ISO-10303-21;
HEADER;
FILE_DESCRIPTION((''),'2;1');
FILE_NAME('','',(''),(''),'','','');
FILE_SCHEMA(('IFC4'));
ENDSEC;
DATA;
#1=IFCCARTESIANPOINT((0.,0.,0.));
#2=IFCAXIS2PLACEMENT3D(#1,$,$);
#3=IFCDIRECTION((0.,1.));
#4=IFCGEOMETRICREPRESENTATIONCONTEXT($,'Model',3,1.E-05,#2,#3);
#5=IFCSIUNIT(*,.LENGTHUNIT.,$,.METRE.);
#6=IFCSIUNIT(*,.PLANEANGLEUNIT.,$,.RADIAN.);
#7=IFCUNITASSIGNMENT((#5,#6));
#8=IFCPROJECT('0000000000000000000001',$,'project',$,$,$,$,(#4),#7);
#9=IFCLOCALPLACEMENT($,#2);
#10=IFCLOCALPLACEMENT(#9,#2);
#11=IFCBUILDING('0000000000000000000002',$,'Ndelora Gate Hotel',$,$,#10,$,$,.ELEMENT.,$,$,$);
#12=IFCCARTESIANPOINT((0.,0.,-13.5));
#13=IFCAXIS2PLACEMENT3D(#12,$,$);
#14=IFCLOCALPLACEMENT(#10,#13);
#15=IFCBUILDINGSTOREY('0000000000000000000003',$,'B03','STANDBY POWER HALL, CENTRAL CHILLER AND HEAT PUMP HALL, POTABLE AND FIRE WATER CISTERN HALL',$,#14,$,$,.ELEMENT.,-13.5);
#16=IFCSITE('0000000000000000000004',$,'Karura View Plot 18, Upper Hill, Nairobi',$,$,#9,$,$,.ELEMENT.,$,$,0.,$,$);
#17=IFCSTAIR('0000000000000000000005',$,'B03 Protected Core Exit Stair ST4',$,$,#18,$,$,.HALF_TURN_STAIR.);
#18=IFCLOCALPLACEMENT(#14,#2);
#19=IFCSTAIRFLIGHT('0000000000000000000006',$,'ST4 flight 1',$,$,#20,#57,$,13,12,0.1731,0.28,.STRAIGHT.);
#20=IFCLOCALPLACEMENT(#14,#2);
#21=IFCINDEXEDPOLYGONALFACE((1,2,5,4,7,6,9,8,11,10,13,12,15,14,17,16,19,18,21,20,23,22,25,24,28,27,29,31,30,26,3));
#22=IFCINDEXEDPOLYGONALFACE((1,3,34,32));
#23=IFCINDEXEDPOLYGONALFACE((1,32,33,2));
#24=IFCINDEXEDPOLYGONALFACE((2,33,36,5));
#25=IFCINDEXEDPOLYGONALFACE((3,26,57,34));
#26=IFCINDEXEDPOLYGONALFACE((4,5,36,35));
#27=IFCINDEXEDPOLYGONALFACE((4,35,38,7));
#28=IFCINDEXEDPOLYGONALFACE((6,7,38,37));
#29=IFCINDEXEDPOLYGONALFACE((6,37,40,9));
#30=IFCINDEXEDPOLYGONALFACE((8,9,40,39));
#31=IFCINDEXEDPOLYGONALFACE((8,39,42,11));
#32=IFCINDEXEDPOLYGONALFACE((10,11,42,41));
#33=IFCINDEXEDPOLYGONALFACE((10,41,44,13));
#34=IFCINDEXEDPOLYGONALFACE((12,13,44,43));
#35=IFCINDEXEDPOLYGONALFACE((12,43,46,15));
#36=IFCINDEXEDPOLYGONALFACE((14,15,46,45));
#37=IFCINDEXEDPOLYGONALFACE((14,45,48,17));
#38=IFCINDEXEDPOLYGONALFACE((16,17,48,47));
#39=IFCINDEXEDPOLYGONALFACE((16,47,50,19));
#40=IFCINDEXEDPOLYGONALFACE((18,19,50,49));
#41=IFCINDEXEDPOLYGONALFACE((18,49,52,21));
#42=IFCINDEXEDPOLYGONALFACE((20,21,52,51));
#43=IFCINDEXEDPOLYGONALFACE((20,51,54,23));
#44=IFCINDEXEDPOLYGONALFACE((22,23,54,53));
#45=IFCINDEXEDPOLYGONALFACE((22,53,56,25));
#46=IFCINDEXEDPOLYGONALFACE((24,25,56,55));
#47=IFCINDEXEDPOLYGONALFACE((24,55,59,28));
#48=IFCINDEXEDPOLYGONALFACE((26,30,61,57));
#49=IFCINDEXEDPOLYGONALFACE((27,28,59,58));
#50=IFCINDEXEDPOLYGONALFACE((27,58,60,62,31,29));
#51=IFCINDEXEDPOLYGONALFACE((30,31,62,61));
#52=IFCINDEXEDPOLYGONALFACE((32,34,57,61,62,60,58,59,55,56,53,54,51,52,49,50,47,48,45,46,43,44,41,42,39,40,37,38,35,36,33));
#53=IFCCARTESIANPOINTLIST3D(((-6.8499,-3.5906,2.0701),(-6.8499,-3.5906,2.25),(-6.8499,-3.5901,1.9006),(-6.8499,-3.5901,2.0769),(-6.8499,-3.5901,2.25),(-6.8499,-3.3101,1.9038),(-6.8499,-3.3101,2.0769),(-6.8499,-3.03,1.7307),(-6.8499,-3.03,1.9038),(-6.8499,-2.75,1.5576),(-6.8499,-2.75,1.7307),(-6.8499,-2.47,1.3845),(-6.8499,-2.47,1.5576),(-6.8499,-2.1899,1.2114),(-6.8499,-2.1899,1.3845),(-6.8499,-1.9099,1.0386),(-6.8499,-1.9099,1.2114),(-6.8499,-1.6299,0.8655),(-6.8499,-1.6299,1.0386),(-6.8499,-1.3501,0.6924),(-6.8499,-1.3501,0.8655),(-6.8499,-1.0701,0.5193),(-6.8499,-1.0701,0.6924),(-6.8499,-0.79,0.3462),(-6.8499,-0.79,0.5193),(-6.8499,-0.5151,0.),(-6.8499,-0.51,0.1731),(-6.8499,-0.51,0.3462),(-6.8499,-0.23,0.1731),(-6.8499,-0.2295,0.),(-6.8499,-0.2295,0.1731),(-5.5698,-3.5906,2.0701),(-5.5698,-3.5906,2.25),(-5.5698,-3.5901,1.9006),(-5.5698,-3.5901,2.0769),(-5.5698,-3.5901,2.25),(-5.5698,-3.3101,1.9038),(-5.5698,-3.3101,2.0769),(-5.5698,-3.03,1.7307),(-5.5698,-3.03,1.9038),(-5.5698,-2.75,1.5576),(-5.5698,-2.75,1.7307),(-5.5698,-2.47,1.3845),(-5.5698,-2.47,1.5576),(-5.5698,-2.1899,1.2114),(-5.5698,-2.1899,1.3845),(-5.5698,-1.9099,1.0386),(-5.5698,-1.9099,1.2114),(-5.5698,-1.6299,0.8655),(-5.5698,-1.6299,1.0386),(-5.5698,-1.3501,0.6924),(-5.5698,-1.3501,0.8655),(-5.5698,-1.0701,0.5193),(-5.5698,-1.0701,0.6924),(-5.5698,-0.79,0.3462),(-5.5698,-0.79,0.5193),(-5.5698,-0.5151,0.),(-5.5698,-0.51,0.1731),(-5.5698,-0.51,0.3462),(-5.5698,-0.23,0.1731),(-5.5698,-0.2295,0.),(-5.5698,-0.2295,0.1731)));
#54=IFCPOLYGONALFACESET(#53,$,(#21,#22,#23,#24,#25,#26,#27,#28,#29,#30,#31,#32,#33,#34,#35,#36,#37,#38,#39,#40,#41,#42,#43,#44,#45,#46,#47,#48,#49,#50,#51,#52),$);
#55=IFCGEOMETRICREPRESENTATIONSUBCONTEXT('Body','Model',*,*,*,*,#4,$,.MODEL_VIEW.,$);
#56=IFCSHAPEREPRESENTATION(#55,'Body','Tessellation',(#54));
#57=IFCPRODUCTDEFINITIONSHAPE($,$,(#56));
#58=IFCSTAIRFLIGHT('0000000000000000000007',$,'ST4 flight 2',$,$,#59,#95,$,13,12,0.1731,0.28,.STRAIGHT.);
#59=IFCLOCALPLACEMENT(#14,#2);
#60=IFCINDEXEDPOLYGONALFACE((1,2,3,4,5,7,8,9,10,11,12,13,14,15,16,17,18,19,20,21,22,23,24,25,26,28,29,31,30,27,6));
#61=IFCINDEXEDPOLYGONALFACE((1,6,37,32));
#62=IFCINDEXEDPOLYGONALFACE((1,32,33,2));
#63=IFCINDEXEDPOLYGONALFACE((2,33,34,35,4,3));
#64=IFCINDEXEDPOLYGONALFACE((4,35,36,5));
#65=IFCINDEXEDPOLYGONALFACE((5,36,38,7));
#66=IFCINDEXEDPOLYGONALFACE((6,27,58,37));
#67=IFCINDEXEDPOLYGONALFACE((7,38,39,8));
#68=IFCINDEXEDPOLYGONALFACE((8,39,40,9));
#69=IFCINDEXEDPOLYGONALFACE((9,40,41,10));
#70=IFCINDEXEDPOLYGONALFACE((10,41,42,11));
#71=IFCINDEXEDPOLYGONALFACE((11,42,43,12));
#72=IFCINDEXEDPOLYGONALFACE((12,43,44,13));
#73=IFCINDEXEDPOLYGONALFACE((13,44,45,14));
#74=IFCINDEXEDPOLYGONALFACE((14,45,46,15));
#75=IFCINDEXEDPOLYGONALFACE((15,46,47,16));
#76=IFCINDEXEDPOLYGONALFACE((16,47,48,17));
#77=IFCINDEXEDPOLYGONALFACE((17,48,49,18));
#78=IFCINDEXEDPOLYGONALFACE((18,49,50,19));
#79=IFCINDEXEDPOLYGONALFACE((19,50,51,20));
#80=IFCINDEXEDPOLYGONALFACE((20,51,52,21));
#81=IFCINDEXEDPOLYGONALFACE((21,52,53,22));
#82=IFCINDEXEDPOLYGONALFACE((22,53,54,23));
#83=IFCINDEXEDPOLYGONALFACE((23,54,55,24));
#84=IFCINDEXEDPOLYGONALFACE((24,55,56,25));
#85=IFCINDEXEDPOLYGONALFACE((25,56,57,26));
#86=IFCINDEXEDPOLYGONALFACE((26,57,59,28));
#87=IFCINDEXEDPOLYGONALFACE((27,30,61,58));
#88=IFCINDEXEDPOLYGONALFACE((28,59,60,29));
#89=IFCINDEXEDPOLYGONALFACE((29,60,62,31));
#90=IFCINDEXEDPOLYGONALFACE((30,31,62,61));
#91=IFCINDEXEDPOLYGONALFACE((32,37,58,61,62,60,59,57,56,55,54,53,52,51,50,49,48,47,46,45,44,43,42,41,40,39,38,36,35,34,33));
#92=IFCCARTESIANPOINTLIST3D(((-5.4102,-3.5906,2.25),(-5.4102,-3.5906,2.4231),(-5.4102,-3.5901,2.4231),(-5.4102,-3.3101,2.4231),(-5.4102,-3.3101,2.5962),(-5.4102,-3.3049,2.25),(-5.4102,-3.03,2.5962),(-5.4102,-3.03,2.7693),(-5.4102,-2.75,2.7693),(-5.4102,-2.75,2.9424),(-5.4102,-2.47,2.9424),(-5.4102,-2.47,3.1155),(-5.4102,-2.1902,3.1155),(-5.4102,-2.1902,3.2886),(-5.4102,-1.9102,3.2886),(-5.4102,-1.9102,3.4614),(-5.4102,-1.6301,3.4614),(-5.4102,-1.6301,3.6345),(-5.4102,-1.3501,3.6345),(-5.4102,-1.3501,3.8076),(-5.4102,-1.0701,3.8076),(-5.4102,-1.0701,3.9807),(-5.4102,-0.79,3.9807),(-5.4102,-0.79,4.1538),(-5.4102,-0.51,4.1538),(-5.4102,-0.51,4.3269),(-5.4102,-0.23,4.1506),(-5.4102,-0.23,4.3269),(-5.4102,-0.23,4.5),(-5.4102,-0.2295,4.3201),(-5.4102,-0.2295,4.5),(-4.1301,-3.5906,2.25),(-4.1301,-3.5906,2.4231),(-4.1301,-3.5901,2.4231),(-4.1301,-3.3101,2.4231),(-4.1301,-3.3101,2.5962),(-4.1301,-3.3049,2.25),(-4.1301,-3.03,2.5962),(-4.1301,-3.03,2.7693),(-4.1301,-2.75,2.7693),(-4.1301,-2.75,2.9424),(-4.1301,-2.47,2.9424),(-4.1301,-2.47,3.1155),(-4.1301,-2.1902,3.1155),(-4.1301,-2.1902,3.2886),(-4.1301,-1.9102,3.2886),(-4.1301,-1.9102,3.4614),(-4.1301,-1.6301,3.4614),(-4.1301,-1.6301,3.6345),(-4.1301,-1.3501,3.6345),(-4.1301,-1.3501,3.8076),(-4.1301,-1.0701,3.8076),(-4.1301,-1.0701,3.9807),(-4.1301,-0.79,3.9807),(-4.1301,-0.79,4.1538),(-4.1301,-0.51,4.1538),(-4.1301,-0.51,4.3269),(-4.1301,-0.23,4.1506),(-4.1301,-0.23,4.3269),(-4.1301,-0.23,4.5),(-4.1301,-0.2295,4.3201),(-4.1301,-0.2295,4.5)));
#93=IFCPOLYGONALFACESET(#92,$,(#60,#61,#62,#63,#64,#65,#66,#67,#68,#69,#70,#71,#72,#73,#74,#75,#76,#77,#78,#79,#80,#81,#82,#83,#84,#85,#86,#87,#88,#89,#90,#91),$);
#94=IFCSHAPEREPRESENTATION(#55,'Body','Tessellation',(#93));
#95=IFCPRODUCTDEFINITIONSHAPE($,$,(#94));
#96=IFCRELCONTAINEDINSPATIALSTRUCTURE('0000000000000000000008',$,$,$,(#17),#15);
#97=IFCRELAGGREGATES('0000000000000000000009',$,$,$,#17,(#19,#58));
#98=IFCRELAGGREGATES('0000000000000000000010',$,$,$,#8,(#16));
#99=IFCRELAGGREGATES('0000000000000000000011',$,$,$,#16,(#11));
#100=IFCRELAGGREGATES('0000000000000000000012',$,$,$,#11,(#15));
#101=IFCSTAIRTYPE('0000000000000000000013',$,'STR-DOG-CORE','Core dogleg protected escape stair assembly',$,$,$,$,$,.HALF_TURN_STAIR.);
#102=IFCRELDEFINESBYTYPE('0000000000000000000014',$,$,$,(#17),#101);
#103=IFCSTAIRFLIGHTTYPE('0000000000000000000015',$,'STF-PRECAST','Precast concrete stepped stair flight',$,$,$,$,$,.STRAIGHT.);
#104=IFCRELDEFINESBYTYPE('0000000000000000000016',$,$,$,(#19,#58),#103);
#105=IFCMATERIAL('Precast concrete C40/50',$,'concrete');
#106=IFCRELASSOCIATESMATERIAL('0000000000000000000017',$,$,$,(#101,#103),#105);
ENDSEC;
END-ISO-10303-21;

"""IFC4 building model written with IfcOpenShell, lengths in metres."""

from ifc_helpers import new_model, si_unit, direction, frame, origin, place, context, subcontext, project, spatial, polyline, outline, extrude, material, type_object, element, aggregate, save


model = new_model("IFC4")

# Units and contexts
model_context = context("Model", 3, precision=1e-05, world=origin(), true_north=direction((0.0, 1.0)))
body_context = subcontext(model_context, "Body", "Model", "MODEL_VIEW")
ifc_project = project(units=[si_unit("LENGTHUNIT", "METRE"), si_unit("PLANEANGLEUNIT", "RADIAN")], contexts=[model_context])

# Site, building, storey
site_placement = place(None, origin())
site = spatial("IfcSite", under=ifc_project, at=site_placement, Name="Karura View Plot 18, Upper Hill, Nairobi", CompositionType="ELEMENT", RefElevation=0.0)
building_placement = place(site_placement, origin())
building = spatial("IfcBuilding", under=site, at=building_placement, Name="Ndelora Gate Hotel", CompositionType="ELEMENT")
storey_placement = place(building_placement, frame((0.0, 0.0, -13.5)))
storey = spatial("IfcBuildingStorey", under=building, at=storey_placement, Name="B03", Description="STANDBY POWER HALL, CENTRAL CHILLER AND HEAT PUMP HALL, POTABLE AND FIRE WATER CISTERN HALL", CompositionType="ELEMENT", Elevation=-13.5)

# Stair, stair flights
ifc_material_1 = material(Name="Precast concrete C40/50", Category="concrete")
stair_type = type_object("IfcStairType", Name="STR-DOG-CORE", Description="Core dogleg protected escape stair assembly", PredefinedType="HALF_TURN_STAIR", material=ifc_material_1)
stair_placement = place(storey_placement, origin())
stair = element("IfcStair", 1, at=stair_placement, inside=storey, type_object=stair_type, Name="B03 Protected Core Exit Stair ST4", PredefinedType="HALF_TURN_STAIR")
stair_flight_type = type_object("IfcStairFlightType", Name="STF-PRECAST", Description="Precast concrete stepped stair flight", PredefinedType="STRAIGHT", material=ifc_material_1)
stair_flight_1_placement = place(storey_placement, frame((-6.21, -0.23, 0.0), z_axis=(0.0, 0.0, 1.0), x_axis=(0.0, -1.0, 0.0)))
stair_flight_1 = element("IfcStairFlight", 2, at=stair_flight_1_placement, type_object=stair_flight_type, Name="ST4 flight 1", NumberOfRisers=13, NumberOfTreads=12, PredefinedType="STRAIGHT", RiserHeight=0.1731, TreadLength=0.28, context=body_context, shape_type="SweptSolid", body=[
    extrude(outline(polyline([(-0.0005, 0.0), (-0.0005, 0.1731), (0.0, 0.1731), (0.28, 0.1731), (0.28, 0.3462), (0.5601, 0.3462), (0.5601, 0.5193), (0.8401, 0.5193), (0.8401, 0.6924), (1.1201, 0.6924), (1.1201, 0.8655), (1.3999, 0.8655), (1.3999, 1.0386), (1.6799, 1.0386), (1.6799, 1.2114), (1.96, 1.2114), (1.96, 1.3845), (2.24, 1.3845), (2.24, 1.5576), (2.52, 1.5576), (2.52, 1.7307), (2.8, 1.7307), (2.8, 1.9038), (3.0801, 1.9038), (3.0801, 2.0769), (3.3601, 2.0769), (3.3601, 2.25), (3.3606, 2.25), (3.3606, 2.0701), (3.3601, 1.9006), (0.2852, 0.0), (-0.0005, 0.0)])), frame((0.0, 0.6401, 0.0), z_axis=(0.0, -1.0, 0.0), x_axis=(1.0, 0.0, 0.0)), (0.0, 0.0, 1.0), 1.28),
])
stair_flight_2_placement = place(storey_placement, frame((-4.77, -3.5901, 2.25), z_axis=(0.0, 0.0, 1.0), x_axis=(0.0, 1.0, 0.0)))
stair_flight_2 = element("IfcStairFlight", 3, at=stair_flight_2_placement, type_object=stair_flight_type, Name="ST4 flight 2", NumberOfRisers=13, NumberOfTreads=12, PredefinedType="STRAIGHT", RiserHeight=0.1731, TreadLength=0.28, context=body_context, shape_type="SweptSolid", body=[
    extrude(outline(polyline([(-0.0005, 0.0), (-0.0005, 0.1731), (0.0, 0.1731), (0.28, 0.1731), (0.28, 0.3462), (0.5601, 0.3462), (0.5601, 0.5193), (0.8401, 0.5193), (0.8401, 0.6924), (1.1201, 0.6924), (1.1201, 0.8655), (1.3999, 0.8655), (1.3999, 1.0386), (1.6799, 1.0386), (1.6799, 1.2114), (1.96, 1.2114), (1.96, 1.3845), (2.24, 1.3845), (2.24, 1.5576), (2.52, 1.5576), (2.52, 1.7307), (2.8, 1.7307), (2.8, 1.9038), (3.0801, 1.9038), (3.0801, 2.0769), (3.3601, 2.0769), (3.3601, 2.25), (3.3606, 2.25), (3.3606, 2.0701), (3.3601, 1.9006), (0.2852, 0.0), (-0.0005, 0.0)])), frame((0.0, 0.6401, 0.0), z_axis=(0.0, -1.0, 0.0), x_axis=(1.0, 0.0, 0.0)), (0.0, 0.0, 1.0), 1.28),
])
aggregate(stair, [stair_flight_1, stair_flight_2])

save(model, "model.ifc")
